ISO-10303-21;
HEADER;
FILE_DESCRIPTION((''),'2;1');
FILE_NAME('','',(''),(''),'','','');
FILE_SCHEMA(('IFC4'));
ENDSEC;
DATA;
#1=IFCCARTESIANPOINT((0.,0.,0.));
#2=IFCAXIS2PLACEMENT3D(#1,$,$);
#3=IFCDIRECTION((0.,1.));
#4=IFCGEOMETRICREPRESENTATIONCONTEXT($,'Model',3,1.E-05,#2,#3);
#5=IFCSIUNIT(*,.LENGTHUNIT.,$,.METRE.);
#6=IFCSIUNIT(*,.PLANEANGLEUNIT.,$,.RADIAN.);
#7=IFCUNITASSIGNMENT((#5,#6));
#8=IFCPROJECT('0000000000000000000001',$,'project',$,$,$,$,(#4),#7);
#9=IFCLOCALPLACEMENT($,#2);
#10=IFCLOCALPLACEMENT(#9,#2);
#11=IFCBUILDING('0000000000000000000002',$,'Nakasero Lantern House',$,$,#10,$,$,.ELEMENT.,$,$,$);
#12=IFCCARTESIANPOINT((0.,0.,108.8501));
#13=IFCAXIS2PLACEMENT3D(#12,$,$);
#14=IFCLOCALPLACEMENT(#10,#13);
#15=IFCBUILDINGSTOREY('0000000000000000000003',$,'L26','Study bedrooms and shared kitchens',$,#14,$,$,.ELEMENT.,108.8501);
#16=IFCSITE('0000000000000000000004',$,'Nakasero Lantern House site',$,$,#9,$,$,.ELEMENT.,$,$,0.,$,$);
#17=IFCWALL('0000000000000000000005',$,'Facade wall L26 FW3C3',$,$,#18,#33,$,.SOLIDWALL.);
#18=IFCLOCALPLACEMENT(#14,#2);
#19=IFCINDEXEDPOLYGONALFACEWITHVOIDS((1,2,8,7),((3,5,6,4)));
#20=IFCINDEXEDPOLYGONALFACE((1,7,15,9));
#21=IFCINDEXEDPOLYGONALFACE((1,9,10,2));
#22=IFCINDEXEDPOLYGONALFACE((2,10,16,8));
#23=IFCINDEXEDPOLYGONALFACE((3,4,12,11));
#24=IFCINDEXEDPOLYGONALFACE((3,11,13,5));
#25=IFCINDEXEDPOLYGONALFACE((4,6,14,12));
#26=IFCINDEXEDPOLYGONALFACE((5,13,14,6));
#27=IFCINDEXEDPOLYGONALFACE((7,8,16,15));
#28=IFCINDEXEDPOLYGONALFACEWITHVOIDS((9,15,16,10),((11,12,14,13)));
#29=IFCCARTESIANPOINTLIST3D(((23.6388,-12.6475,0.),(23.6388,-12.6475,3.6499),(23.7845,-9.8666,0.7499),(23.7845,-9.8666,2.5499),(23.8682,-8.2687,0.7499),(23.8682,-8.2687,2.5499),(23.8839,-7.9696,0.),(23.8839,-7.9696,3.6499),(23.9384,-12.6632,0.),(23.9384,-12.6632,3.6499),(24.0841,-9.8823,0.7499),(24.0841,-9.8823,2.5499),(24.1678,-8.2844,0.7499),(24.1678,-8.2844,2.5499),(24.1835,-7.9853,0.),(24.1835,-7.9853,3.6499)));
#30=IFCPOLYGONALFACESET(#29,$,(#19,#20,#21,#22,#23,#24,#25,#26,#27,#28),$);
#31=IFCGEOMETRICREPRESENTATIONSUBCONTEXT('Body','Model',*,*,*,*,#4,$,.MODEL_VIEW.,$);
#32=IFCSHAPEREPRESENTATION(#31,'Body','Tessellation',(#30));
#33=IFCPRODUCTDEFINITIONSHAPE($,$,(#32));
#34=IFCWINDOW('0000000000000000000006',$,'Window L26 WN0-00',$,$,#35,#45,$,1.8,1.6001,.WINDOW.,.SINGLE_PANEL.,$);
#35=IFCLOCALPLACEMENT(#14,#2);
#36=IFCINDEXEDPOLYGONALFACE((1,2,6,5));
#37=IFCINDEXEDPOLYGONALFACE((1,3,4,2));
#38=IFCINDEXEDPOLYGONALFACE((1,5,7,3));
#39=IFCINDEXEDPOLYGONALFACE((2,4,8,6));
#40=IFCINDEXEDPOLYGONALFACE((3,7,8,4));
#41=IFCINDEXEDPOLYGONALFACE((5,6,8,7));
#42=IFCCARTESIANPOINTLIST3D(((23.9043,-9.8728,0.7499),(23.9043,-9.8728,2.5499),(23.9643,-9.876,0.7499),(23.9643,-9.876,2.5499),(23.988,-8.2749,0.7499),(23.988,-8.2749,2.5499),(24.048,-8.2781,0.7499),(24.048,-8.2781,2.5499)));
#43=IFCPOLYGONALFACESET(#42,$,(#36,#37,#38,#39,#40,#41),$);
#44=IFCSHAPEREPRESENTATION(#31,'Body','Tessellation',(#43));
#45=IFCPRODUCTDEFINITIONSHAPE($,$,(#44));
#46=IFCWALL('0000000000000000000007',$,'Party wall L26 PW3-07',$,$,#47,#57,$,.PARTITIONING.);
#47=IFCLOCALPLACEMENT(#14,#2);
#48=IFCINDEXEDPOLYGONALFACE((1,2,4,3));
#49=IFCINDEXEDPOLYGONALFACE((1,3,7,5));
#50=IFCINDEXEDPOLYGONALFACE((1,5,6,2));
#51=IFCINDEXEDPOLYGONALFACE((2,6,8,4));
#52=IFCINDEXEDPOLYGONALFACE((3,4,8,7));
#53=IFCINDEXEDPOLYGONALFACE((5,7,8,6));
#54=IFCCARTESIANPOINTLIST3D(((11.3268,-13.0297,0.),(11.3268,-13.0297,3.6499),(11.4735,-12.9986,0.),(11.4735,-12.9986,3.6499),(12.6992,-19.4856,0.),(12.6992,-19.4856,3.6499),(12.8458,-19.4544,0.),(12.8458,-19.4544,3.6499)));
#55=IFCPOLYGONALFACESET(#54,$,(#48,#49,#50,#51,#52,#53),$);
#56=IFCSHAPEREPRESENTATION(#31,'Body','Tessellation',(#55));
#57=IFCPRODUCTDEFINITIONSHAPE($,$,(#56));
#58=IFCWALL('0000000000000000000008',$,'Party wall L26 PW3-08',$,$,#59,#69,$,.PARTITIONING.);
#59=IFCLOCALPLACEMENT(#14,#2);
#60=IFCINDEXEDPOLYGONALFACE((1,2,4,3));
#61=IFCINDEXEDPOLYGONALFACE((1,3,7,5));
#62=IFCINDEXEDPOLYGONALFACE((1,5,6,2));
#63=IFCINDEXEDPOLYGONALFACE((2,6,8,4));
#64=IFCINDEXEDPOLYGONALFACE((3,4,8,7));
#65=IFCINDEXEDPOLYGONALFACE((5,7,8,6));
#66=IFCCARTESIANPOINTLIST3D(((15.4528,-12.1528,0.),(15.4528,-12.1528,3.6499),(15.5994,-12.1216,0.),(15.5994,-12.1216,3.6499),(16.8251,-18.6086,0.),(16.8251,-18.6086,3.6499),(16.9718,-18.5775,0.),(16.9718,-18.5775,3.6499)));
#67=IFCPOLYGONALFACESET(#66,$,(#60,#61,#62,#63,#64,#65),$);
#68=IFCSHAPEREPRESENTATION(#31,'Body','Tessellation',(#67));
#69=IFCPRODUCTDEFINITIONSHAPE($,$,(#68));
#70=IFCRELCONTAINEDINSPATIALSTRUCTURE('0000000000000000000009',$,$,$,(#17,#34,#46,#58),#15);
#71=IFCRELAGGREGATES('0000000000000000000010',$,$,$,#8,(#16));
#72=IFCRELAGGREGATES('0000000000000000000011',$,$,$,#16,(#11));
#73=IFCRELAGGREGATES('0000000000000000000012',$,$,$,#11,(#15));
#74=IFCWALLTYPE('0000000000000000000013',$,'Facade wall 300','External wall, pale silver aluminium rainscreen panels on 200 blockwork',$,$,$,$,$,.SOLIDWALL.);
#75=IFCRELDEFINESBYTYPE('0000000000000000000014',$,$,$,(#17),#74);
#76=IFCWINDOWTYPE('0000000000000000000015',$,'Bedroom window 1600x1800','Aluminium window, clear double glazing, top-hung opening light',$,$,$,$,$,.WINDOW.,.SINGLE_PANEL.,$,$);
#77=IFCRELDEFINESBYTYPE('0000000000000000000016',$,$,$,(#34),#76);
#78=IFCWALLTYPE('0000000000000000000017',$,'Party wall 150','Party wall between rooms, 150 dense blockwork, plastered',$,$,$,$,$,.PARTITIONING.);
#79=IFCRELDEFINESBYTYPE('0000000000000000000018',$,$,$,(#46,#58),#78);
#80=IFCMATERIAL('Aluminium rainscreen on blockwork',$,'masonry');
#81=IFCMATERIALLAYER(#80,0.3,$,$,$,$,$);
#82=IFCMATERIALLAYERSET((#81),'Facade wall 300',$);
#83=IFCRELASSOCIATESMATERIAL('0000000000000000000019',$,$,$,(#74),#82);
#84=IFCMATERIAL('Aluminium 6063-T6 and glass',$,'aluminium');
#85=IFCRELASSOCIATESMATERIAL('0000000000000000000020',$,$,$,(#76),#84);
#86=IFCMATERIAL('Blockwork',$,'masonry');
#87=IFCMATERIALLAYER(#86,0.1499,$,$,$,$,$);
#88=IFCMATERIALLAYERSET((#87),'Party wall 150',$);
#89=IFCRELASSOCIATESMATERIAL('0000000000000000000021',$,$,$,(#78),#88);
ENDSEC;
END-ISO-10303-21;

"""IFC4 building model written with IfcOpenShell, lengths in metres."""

from ifc_helpers import new_model, si_unit, direction, frame, frame_2d, origin, place, context, subcontext, project, spatial, rectangle, extrude, material, layer, layer_set, type_object, element, fill, save


model = new_model("IFC4")

# Units and contexts
model_context = context("Model", 3, precision=1e-05, world=origin(), true_north=direction((0.0, 1.0)))
body_context = subcontext(model_context, "Body", "Model", "MODEL_VIEW")
ifc_project = project(units=[si_unit("LENGTHUNIT", "METRE"), si_unit("PLANEANGLEUNIT", "RADIAN")], contexts=[model_context])

# Site, building, storey
site_placement = place(None, origin())
site = spatial("IfcSite", under=ifc_project, at=site_placement, Name="Nakasero Lantern House site", CompositionType="ELEMENT", RefElevation=0.0)
building_placement = place(site_placement, origin())
building = spatial("IfcBuilding", under=site, at=building_placement, Name="Nakasero Lantern House", CompositionType="ELEMENT")
storey_placement = place(building_placement, frame((0.0, 0.0, 108.8501)))
storey = spatial("IfcBuildingStorey", under=building, at=storey_placement, Name="L26", Description="Study bedrooms and shared kitchens", CompositionType="ELEMENT", Elevation=108.8501)

# Shared definitions
ifc_material_1 = material(Name="Aluminium rainscreen on blockwork", Category="masonry")
ifc_layer_1 = layer(ifc_material_1, 0.3)
ifc_layer_set_1 = layer_set([ifc_layer_1], Name="Facade wall 300")
wall_type_1 = type_object("IfcWallType", Name="Facade wall 300", Description="External wall, pale silver aluminium rainscreen panels on 200 blockwork", PredefinedType="SOLIDWALL", material=ifc_layer_set_1)

# Wall, opening, window
wall_1_placement = place(storey_placement, frame((23.7886, -12.6555, 0.0), z_axis=(0.0, 0.0, 1.0), x_axis=(0.052326, 0.99863, 0.0)))
wall_1 = element("IfcWall", 1, at=wall_1_placement, inside=storey, type_object=wall_type_1, Name="Facade wall L26 FW3C3", PredefinedType="SOLIDWALL", context=body_context, shape_type="SweptSolid", body=[
    extrude(rectangle(XDim=4.6843, YDim=0.3, at=frame_2d((2.3423, 0.0))), origin(), (0.0, 0.0, 1.0), 3.6499),
])
opening_1_placement = place(wall_1_placement, frame((2.7849, 0.0, 0.75)))
opening_1 = element("IfcOpeningElement", 2, at=opening_1_placement, cuts=wall_1, PredefinedType="OPENING", context=body_context, shape_type="SweptSolid", body=[
    extrude(rectangle(XDim=1.6001, YDim=1.8, at=frame_2d((0.8, 0.8999))), frame((0.0, 0.1699, 0.0), z_axis=(0.0, -1.0, 0.0), x_axis=(1.0, 0.0, 0.0)), (0.0, 0.0, 1.0), 0.3401),
])
ifc_material_2 = material(Name="Aluminium 6063-T6 and glass", Category="aluminium")
window_type_1 = type_object("IfcWindowType", Name="Bedroom window 1600x1800", Description="Aluminium window, clear double glazing, top-hung opening light", PartitioningType="SINGLE_PANEL", PredefinedType="WINDOW", material=ifc_material_2)
window_1_placement = place(opening_1_placement, origin())
window_1 = element("IfcWindow", 3, at=window_1_placement, inside=storey, type_object=window_type_1, Name="Window L26 WN0-00", OverallHeight=1.8, OverallWidth=1.6001, PartitioningType="SINGLE_PANEL", PredefinedType="WINDOW", context=body_context, shape_type="SweptSolid", body=[
    extrude(rectangle(XDim=1.6001, YDim=1.8, at=frame_2d((0.8, 0.8999))), frame((0.0, 0.03, 0.0), z_axis=(0.0, -1.0, 0.0), x_axis=(1.0, 0.0, 0.0)), (0.0, 0.0, 1.0), 0.0601),
])
fill(opening_1, window_1)

# Walls
ifc_material_3 = material(Name="Blockwork", Category="masonry")
ifc_layer_2 = layer(ifc_material_3, 0.1499)
ifc_layer_set_2 = layer_set([ifc_layer_2], Name="Party wall 150")
wall_type_2 = type_object("IfcWallType", Name="Party wall 150", Description="Party wall between rooms, 150 dense blockwork, plastered", PredefinedType="PARTITIONING", material=ifc_layer_set_2)
for number, where, z_axis, x_axis, name in (
    (4, (11.4001, -13.0142, 0.0), (0.0, 0.0, 1.0), (0.207925, -0.978145, 0.0), "Party wall L26 PW3-07"),
    (5, (15.5261, -12.1372, 0.0), (0.0, 0.0, 1.0), (0.207925, -0.978145, 0.0), "Party wall L26 PW3-08"),
):
    element("IfcWall", number, at=place(storey_placement, frame(where, z_axis=z_axis, x_axis=x_axis)), inside=storey, type_object=wall_type_2, Name=name, PredefinedType="PARTITIONING", context=body_context, shape_type="SweptSolid", body=[
        extrude(rectangle(XDim=6.6001, YDim=0.1499, at=frame_2d((3.3, 0.0))), origin(), (0.0, 0.0, 1.0), 3.6499),
    ])

save(model, "model.ifc")
